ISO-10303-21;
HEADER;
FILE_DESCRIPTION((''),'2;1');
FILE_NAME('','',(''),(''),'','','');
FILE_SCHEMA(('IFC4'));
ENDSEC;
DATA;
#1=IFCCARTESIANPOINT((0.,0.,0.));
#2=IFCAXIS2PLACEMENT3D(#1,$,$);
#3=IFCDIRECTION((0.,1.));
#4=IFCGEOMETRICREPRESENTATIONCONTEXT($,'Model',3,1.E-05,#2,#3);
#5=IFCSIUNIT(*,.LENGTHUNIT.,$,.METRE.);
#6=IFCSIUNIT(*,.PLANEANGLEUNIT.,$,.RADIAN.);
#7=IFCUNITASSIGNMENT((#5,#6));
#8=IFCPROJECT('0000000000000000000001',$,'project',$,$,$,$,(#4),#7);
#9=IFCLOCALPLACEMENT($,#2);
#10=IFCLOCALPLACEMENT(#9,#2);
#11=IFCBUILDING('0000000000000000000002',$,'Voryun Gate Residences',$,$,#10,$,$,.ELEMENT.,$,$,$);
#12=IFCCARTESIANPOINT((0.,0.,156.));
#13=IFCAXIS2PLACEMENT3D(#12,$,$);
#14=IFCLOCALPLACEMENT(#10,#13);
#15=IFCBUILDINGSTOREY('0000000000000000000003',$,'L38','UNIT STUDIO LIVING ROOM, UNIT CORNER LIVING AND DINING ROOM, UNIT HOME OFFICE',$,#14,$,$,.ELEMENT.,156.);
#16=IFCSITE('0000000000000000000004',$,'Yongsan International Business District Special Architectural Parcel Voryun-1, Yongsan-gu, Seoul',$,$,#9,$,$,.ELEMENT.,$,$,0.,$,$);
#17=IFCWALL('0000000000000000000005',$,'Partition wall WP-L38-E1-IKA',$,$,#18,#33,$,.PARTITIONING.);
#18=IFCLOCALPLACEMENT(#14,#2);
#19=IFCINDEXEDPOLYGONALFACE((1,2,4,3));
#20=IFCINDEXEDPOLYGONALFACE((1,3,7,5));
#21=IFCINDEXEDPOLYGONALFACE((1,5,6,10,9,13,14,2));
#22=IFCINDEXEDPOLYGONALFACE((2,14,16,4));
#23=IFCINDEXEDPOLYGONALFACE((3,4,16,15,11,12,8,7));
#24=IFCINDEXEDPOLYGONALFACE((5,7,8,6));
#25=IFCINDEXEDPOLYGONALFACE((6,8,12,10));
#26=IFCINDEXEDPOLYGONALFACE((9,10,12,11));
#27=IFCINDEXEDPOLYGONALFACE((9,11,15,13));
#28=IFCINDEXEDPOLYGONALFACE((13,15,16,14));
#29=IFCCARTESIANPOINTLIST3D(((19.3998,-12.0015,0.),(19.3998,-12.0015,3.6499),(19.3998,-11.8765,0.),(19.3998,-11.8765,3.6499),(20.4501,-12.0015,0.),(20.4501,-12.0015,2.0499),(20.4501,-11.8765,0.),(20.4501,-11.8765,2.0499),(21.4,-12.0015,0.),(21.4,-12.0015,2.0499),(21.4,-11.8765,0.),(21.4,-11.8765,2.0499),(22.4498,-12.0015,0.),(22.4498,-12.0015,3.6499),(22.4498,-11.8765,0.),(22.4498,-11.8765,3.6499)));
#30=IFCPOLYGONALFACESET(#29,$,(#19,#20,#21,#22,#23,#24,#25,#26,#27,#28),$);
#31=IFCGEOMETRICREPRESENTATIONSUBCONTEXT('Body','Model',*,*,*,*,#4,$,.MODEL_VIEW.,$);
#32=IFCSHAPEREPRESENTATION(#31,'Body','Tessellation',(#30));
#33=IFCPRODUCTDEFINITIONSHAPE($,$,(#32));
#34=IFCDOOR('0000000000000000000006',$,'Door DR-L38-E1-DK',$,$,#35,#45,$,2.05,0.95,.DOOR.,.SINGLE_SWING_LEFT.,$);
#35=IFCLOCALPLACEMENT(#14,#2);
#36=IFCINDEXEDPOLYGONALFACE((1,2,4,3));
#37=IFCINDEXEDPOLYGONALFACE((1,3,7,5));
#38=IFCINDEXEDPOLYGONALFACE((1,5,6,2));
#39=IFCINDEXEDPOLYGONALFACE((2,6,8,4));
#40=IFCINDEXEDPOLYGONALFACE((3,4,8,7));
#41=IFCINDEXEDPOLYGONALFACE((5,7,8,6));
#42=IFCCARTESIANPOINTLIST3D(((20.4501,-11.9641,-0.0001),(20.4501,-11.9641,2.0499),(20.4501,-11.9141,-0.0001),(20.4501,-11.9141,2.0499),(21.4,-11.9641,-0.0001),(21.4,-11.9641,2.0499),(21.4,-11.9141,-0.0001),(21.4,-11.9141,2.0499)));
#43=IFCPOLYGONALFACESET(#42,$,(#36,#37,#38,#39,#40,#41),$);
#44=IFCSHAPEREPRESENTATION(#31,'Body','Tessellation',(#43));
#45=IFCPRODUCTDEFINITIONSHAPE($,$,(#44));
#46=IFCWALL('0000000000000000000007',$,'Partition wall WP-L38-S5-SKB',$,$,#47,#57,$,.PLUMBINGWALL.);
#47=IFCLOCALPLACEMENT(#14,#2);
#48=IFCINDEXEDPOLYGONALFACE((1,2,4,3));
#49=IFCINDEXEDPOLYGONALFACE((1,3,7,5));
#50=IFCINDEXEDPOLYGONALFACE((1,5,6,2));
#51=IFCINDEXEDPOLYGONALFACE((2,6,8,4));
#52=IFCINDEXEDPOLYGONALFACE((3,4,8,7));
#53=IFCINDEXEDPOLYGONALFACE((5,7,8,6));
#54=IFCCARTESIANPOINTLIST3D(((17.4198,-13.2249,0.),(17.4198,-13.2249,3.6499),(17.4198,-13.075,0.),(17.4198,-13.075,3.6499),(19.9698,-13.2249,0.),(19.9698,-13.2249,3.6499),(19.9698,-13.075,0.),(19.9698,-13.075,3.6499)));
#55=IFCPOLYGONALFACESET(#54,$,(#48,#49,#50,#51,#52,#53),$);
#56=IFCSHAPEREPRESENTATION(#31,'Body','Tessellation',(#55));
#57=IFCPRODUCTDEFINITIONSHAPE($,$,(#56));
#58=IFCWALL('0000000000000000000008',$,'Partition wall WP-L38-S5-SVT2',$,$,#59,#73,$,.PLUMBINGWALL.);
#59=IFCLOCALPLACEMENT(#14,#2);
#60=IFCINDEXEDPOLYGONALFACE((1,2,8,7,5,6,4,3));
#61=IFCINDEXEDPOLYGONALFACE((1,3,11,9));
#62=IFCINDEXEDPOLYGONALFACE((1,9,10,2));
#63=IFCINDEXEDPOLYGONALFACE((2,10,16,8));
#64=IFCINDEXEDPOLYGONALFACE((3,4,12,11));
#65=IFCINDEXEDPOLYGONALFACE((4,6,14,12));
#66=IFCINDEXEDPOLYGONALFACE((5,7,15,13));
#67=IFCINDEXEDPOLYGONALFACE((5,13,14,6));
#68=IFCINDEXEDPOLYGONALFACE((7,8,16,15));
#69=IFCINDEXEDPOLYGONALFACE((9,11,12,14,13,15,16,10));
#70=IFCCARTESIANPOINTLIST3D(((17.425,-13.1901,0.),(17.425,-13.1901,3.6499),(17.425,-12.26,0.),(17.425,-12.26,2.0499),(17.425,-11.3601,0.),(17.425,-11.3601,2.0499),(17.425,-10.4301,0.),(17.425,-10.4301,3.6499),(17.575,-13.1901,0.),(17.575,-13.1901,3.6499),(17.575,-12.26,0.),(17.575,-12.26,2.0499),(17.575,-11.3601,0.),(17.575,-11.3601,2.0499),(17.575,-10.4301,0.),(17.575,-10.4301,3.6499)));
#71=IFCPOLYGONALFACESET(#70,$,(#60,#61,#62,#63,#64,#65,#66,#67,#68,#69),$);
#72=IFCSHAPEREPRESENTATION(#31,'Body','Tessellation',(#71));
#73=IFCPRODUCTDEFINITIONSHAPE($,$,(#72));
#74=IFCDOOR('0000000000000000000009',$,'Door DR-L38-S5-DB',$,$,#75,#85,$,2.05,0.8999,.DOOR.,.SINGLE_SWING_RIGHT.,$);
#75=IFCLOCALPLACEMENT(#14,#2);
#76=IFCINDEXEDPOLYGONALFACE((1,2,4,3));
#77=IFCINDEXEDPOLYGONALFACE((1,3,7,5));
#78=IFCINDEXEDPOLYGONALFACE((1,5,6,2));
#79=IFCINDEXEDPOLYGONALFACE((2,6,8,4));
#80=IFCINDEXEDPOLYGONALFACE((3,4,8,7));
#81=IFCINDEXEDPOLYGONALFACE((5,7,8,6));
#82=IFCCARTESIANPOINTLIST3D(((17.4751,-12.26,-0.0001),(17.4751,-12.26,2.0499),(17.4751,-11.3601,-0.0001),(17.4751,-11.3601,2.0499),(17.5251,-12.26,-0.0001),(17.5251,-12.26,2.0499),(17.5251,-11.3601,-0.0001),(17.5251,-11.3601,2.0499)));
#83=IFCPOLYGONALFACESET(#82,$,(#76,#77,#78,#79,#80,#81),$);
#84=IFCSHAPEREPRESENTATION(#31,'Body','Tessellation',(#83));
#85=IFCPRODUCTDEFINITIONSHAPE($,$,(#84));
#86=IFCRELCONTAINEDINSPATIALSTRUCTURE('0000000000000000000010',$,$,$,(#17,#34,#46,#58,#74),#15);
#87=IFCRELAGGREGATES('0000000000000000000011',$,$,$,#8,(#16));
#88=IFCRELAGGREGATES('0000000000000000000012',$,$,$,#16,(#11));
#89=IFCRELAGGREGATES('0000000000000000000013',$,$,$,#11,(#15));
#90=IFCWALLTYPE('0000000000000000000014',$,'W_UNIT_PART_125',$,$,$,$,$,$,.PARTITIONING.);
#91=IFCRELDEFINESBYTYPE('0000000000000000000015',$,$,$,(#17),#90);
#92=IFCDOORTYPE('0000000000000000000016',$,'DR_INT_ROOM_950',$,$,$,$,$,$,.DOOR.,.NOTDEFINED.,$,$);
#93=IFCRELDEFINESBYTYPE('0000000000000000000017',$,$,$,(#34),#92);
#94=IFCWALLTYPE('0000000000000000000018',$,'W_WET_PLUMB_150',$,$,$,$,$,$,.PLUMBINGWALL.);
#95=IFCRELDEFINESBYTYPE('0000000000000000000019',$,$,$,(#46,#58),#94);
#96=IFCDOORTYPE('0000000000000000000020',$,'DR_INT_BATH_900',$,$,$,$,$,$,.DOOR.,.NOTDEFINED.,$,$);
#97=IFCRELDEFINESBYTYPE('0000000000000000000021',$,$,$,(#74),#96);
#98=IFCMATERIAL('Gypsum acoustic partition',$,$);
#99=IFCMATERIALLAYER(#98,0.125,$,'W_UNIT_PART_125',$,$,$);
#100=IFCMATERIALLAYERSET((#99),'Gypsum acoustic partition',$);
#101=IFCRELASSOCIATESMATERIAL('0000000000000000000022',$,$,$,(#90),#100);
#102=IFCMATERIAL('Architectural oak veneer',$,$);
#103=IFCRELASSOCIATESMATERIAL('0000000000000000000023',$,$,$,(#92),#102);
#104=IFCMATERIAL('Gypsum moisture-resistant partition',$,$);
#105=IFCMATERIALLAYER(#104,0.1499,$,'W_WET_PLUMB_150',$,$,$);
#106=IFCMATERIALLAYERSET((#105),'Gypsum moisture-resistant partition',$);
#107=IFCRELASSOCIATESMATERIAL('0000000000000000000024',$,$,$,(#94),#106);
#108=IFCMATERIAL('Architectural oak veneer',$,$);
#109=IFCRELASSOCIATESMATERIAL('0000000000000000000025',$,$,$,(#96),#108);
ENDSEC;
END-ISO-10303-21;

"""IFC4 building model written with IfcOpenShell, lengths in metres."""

from ifc_helpers import new_model, si_unit, direction, frame, frame_2d, origin, place, context, subcontext, project, spatial, rectangle, extrude, material, layer, layer_set, type_object, element, fill, save


model = new_model("IFC4")

# Units and contexts
model_context = context("Model", 3, precision=1e-05, world=origin(), true_north=direction((0.0, 1.0)))
body_context = subcontext(model_context, "Body", "Model", "MODEL_VIEW")
ifc_project = project(units=[si_unit("LENGTHUNIT", "METRE"), si_unit("PLANEANGLEUNIT", "RADIAN")], contexts=[model_context])

# Site, building, storey
site_placement = place(None, origin())
site = spatial("IfcSite", under=ifc_project, at=site_placement, Name="Yongsan International Business District Special Architectural Parcel Voryun-1, Yongsan-gu, Seoul", CompositionType="ELEMENT", RefElevation=0.0)
building_placement = place(site_placement, origin())
building = spatial("IfcBuilding", under=site, at=building_placement, Name="Voryun Gate Residences", CompositionType="ELEMENT")
storey_placement = place(building_placement, frame((0.0, 0.0, 156.0)))
storey = spatial("IfcBuildingStorey", under=building, at=storey_placement, Name="L38", Description="UNIT STUDIO LIVING ROOM, UNIT CORNER LIVING AND DINING ROOM, UNIT HOME OFFICE", CompositionType="ELEMENT", Elevation=156.0)

# Wall, opening, door
ifc_material_1 = material(Name="Gypsum acoustic partition")
ifc_layer_1 = layer(ifc_material_1, 0.125, Name="W_UNIT_PART_125")
ifc_layer_set_1 = layer_set([ifc_layer_1], Name="Gypsum acoustic partition")
wall_type_1 = type_object("IfcWallType", Name="W_UNIT_PART_125", PredefinedType="PARTITIONING", material=ifc_layer_set_1)
wall_1_placement = place(storey_placement, frame((19.3999, -11.939, 0.0), z_axis=(0.0, 0.0, 1.0), x_axis=(1.0, 0.0, 0.0)))
wall_1 = element("IfcWall", 1, at=wall_1_placement, inside=storey, type_object=wall_type_1, Name="Partition wall WP-L38-E1-IKA", PredefinedType="PARTITIONING", context=body_context, shape_type="SweptSolid", body=[
    extrude(rectangle(XDim=3.05, YDim=0.125, at=frame_2d((1.5249, 0.0))), origin(), (0.0, 0.0, 1.0), 3.6499),
])
opening_1_placement = place(wall_1_placement, frame((1.05, 0.0, 0.0)))
opening_1 = element("IfcOpeningElement", 2, at=opening_1_placement, cuts=wall_1, PredefinedType="OPENING", context=body_context, shape_type="SweptSolid", body=[
    extrude(rectangle(XDim=0.95, YDim=2.05, at=frame_2d((0.4751, 1.0249))), frame((0.0, 0.0725, 0.0), z_axis=(0.0, -1.0, 0.0), x_axis=(1.0, 0.0, 0.0)), (0.0, 0.0, 1.0), 0.145),
])
ifc_material_2 = material(Name="Architectural oak veneer")
door_type_1 = type_object("IfcDoorType", Name="DR_INT_ROOM_950", OperationType="NOTDEFINED", PredefinedType="DOOR", material=ifc_material_2)
door_1_placement = place(opening_1_placement, origin())
door_1 = element("IfcDoor", 3, at=door_1_placement, inside=storey, type_object=door_type_1, Name="Door DR-L38-E1-DK", OperationType="SINGLE_SWING_LEFT", OverallHeight=2.05, OverallWidth=0.95, PredefinedType="DOOR", context=body_context, shape_type="SweptSolid", body=[
    extrude(rectangle(XDim=0.95, YDim=2.05, at=frame_2d((0.4751, 1.0249))), frame((0.0, 0.0249, 0.0), z_axis=(0.0, -1.0, 0.0), x_axis=(1.0, 0.0, 0.0)), (0.0, 0.0, 1.0), 0.05),
])
fill(opening_1, door_1)

# Wall
ifc_material_3 = material(Name="Gypsum moisture-resistant partition")
ifc_layer_2 = layer(ifc_material_3, 0.1499, Name="W_WET_PLUMB_150")
ifc_layer_set_2 = layer_set([ifc_layer_2], Name="Gypsum moisture-resistant partition")
wall_type_2 = type_object("IfcWallType", Name="W_WET_PLUMB_150", PredefinedType="PLUMBINGWALL", material=ifc_layer_set_2)
wall_2_placement = place(storey_placement, frame((17.4199, -13.1499, 0.0), z_axis=(0.0, 0.0, 1.0), x_axis=(1.0, 0.0, 0.0)))
element("IfcWall", 4, at=wall_2_placement, inside=storey, type_object=wall_type_2, Name="Partition wall WP-L38-S5-SKB", PredefinedType="PLUMBINGWALL", context=body_context, shape_type="SweptSolid", body=[
    extrude(rectangle(XDim=2.55, YDim=0.1499, at=frame_2d((1.2749, 0.0))), origin(), (0.0, 0.0, 1.0), 3.6499),
])

# Wall, opening, door
wall_3_placement = place(storey_placement, frame((17.5, -13.1899, 0.0), z_axis=(0.0, 0.0, 1.0), x_axis=(0.0, 1.0, 0.0)))
wall_3 = element("IfcWall", 5, at=wall_3_placement, inside=storey, type_object=wall_type_2, Name="Partition wall WP-L38-S5-SVT2", PredefinedType="PLUMBINGWALL", context=body_context, shape_type="SweptSolid", body=[
    extrude(rectangle(XDim=2.76, YDim=0.1499, at=frame_2d((1.3799, 0.0))), origin(), (0.0, 0.0, 1.0), 3.6499),
])
opening_2_placement = place(wall_3_placement, frame((0.9299, 0.0, 0.0)))
opening_2 = element("IfcOpeningElement", 6, at=opening_2_placement, cuts=wall_3, PredefinedType="OPENING", context=body_context, shape_type="SweptSolid", body=[
    extrude(rectangle(XDim=0.8999, YDim=2.05, at=frame_2d((0.45, 1.0249))), frame((0.0, 0.085, 0.0), z_axis=(0.0, -1.0, 0.0), x_axis=(1.0, 0.0, 0.0)), (0.0, 0.0, 1.0), 0.1699),
])
ifc_material_4 = material(Name="Architectural oak veneer")
door_type_2 = type_object("IfcDoorType", Name="DR_INT_BATH_900", OperationType="NOTDEFINED", PredefinedType="DOOR", material=ifc_material_4)
door_2_placement = place(opening_2_placement, origin())
door_2 = element("IfcDoor", 7, at=door_2_placement, inside=storey, type_object=door_type_2, Name="Door DR-L38-S5-DB", OperationType="SINGLE_SWING_RIGHT", OverallHeight=2.05, OverallWidth=0.8999, PredefinedType="DOOR", context=body_context, shape_type="SweptSolid", body=[
    extrude(rectangle(XDim=0.8999, YDim=2.05, at=frame_2d((0.45, 1.0249))), frame((0.0, 0.0249, 0.0), z_axis=(0.0, -1.0, 0.0), x_axis=(1.0, 0.0, 0.0)), (0.0, 0.0, 1.0), 0.05),
])
fill(opening_2, door_2)

save(model, "model.ifc")
